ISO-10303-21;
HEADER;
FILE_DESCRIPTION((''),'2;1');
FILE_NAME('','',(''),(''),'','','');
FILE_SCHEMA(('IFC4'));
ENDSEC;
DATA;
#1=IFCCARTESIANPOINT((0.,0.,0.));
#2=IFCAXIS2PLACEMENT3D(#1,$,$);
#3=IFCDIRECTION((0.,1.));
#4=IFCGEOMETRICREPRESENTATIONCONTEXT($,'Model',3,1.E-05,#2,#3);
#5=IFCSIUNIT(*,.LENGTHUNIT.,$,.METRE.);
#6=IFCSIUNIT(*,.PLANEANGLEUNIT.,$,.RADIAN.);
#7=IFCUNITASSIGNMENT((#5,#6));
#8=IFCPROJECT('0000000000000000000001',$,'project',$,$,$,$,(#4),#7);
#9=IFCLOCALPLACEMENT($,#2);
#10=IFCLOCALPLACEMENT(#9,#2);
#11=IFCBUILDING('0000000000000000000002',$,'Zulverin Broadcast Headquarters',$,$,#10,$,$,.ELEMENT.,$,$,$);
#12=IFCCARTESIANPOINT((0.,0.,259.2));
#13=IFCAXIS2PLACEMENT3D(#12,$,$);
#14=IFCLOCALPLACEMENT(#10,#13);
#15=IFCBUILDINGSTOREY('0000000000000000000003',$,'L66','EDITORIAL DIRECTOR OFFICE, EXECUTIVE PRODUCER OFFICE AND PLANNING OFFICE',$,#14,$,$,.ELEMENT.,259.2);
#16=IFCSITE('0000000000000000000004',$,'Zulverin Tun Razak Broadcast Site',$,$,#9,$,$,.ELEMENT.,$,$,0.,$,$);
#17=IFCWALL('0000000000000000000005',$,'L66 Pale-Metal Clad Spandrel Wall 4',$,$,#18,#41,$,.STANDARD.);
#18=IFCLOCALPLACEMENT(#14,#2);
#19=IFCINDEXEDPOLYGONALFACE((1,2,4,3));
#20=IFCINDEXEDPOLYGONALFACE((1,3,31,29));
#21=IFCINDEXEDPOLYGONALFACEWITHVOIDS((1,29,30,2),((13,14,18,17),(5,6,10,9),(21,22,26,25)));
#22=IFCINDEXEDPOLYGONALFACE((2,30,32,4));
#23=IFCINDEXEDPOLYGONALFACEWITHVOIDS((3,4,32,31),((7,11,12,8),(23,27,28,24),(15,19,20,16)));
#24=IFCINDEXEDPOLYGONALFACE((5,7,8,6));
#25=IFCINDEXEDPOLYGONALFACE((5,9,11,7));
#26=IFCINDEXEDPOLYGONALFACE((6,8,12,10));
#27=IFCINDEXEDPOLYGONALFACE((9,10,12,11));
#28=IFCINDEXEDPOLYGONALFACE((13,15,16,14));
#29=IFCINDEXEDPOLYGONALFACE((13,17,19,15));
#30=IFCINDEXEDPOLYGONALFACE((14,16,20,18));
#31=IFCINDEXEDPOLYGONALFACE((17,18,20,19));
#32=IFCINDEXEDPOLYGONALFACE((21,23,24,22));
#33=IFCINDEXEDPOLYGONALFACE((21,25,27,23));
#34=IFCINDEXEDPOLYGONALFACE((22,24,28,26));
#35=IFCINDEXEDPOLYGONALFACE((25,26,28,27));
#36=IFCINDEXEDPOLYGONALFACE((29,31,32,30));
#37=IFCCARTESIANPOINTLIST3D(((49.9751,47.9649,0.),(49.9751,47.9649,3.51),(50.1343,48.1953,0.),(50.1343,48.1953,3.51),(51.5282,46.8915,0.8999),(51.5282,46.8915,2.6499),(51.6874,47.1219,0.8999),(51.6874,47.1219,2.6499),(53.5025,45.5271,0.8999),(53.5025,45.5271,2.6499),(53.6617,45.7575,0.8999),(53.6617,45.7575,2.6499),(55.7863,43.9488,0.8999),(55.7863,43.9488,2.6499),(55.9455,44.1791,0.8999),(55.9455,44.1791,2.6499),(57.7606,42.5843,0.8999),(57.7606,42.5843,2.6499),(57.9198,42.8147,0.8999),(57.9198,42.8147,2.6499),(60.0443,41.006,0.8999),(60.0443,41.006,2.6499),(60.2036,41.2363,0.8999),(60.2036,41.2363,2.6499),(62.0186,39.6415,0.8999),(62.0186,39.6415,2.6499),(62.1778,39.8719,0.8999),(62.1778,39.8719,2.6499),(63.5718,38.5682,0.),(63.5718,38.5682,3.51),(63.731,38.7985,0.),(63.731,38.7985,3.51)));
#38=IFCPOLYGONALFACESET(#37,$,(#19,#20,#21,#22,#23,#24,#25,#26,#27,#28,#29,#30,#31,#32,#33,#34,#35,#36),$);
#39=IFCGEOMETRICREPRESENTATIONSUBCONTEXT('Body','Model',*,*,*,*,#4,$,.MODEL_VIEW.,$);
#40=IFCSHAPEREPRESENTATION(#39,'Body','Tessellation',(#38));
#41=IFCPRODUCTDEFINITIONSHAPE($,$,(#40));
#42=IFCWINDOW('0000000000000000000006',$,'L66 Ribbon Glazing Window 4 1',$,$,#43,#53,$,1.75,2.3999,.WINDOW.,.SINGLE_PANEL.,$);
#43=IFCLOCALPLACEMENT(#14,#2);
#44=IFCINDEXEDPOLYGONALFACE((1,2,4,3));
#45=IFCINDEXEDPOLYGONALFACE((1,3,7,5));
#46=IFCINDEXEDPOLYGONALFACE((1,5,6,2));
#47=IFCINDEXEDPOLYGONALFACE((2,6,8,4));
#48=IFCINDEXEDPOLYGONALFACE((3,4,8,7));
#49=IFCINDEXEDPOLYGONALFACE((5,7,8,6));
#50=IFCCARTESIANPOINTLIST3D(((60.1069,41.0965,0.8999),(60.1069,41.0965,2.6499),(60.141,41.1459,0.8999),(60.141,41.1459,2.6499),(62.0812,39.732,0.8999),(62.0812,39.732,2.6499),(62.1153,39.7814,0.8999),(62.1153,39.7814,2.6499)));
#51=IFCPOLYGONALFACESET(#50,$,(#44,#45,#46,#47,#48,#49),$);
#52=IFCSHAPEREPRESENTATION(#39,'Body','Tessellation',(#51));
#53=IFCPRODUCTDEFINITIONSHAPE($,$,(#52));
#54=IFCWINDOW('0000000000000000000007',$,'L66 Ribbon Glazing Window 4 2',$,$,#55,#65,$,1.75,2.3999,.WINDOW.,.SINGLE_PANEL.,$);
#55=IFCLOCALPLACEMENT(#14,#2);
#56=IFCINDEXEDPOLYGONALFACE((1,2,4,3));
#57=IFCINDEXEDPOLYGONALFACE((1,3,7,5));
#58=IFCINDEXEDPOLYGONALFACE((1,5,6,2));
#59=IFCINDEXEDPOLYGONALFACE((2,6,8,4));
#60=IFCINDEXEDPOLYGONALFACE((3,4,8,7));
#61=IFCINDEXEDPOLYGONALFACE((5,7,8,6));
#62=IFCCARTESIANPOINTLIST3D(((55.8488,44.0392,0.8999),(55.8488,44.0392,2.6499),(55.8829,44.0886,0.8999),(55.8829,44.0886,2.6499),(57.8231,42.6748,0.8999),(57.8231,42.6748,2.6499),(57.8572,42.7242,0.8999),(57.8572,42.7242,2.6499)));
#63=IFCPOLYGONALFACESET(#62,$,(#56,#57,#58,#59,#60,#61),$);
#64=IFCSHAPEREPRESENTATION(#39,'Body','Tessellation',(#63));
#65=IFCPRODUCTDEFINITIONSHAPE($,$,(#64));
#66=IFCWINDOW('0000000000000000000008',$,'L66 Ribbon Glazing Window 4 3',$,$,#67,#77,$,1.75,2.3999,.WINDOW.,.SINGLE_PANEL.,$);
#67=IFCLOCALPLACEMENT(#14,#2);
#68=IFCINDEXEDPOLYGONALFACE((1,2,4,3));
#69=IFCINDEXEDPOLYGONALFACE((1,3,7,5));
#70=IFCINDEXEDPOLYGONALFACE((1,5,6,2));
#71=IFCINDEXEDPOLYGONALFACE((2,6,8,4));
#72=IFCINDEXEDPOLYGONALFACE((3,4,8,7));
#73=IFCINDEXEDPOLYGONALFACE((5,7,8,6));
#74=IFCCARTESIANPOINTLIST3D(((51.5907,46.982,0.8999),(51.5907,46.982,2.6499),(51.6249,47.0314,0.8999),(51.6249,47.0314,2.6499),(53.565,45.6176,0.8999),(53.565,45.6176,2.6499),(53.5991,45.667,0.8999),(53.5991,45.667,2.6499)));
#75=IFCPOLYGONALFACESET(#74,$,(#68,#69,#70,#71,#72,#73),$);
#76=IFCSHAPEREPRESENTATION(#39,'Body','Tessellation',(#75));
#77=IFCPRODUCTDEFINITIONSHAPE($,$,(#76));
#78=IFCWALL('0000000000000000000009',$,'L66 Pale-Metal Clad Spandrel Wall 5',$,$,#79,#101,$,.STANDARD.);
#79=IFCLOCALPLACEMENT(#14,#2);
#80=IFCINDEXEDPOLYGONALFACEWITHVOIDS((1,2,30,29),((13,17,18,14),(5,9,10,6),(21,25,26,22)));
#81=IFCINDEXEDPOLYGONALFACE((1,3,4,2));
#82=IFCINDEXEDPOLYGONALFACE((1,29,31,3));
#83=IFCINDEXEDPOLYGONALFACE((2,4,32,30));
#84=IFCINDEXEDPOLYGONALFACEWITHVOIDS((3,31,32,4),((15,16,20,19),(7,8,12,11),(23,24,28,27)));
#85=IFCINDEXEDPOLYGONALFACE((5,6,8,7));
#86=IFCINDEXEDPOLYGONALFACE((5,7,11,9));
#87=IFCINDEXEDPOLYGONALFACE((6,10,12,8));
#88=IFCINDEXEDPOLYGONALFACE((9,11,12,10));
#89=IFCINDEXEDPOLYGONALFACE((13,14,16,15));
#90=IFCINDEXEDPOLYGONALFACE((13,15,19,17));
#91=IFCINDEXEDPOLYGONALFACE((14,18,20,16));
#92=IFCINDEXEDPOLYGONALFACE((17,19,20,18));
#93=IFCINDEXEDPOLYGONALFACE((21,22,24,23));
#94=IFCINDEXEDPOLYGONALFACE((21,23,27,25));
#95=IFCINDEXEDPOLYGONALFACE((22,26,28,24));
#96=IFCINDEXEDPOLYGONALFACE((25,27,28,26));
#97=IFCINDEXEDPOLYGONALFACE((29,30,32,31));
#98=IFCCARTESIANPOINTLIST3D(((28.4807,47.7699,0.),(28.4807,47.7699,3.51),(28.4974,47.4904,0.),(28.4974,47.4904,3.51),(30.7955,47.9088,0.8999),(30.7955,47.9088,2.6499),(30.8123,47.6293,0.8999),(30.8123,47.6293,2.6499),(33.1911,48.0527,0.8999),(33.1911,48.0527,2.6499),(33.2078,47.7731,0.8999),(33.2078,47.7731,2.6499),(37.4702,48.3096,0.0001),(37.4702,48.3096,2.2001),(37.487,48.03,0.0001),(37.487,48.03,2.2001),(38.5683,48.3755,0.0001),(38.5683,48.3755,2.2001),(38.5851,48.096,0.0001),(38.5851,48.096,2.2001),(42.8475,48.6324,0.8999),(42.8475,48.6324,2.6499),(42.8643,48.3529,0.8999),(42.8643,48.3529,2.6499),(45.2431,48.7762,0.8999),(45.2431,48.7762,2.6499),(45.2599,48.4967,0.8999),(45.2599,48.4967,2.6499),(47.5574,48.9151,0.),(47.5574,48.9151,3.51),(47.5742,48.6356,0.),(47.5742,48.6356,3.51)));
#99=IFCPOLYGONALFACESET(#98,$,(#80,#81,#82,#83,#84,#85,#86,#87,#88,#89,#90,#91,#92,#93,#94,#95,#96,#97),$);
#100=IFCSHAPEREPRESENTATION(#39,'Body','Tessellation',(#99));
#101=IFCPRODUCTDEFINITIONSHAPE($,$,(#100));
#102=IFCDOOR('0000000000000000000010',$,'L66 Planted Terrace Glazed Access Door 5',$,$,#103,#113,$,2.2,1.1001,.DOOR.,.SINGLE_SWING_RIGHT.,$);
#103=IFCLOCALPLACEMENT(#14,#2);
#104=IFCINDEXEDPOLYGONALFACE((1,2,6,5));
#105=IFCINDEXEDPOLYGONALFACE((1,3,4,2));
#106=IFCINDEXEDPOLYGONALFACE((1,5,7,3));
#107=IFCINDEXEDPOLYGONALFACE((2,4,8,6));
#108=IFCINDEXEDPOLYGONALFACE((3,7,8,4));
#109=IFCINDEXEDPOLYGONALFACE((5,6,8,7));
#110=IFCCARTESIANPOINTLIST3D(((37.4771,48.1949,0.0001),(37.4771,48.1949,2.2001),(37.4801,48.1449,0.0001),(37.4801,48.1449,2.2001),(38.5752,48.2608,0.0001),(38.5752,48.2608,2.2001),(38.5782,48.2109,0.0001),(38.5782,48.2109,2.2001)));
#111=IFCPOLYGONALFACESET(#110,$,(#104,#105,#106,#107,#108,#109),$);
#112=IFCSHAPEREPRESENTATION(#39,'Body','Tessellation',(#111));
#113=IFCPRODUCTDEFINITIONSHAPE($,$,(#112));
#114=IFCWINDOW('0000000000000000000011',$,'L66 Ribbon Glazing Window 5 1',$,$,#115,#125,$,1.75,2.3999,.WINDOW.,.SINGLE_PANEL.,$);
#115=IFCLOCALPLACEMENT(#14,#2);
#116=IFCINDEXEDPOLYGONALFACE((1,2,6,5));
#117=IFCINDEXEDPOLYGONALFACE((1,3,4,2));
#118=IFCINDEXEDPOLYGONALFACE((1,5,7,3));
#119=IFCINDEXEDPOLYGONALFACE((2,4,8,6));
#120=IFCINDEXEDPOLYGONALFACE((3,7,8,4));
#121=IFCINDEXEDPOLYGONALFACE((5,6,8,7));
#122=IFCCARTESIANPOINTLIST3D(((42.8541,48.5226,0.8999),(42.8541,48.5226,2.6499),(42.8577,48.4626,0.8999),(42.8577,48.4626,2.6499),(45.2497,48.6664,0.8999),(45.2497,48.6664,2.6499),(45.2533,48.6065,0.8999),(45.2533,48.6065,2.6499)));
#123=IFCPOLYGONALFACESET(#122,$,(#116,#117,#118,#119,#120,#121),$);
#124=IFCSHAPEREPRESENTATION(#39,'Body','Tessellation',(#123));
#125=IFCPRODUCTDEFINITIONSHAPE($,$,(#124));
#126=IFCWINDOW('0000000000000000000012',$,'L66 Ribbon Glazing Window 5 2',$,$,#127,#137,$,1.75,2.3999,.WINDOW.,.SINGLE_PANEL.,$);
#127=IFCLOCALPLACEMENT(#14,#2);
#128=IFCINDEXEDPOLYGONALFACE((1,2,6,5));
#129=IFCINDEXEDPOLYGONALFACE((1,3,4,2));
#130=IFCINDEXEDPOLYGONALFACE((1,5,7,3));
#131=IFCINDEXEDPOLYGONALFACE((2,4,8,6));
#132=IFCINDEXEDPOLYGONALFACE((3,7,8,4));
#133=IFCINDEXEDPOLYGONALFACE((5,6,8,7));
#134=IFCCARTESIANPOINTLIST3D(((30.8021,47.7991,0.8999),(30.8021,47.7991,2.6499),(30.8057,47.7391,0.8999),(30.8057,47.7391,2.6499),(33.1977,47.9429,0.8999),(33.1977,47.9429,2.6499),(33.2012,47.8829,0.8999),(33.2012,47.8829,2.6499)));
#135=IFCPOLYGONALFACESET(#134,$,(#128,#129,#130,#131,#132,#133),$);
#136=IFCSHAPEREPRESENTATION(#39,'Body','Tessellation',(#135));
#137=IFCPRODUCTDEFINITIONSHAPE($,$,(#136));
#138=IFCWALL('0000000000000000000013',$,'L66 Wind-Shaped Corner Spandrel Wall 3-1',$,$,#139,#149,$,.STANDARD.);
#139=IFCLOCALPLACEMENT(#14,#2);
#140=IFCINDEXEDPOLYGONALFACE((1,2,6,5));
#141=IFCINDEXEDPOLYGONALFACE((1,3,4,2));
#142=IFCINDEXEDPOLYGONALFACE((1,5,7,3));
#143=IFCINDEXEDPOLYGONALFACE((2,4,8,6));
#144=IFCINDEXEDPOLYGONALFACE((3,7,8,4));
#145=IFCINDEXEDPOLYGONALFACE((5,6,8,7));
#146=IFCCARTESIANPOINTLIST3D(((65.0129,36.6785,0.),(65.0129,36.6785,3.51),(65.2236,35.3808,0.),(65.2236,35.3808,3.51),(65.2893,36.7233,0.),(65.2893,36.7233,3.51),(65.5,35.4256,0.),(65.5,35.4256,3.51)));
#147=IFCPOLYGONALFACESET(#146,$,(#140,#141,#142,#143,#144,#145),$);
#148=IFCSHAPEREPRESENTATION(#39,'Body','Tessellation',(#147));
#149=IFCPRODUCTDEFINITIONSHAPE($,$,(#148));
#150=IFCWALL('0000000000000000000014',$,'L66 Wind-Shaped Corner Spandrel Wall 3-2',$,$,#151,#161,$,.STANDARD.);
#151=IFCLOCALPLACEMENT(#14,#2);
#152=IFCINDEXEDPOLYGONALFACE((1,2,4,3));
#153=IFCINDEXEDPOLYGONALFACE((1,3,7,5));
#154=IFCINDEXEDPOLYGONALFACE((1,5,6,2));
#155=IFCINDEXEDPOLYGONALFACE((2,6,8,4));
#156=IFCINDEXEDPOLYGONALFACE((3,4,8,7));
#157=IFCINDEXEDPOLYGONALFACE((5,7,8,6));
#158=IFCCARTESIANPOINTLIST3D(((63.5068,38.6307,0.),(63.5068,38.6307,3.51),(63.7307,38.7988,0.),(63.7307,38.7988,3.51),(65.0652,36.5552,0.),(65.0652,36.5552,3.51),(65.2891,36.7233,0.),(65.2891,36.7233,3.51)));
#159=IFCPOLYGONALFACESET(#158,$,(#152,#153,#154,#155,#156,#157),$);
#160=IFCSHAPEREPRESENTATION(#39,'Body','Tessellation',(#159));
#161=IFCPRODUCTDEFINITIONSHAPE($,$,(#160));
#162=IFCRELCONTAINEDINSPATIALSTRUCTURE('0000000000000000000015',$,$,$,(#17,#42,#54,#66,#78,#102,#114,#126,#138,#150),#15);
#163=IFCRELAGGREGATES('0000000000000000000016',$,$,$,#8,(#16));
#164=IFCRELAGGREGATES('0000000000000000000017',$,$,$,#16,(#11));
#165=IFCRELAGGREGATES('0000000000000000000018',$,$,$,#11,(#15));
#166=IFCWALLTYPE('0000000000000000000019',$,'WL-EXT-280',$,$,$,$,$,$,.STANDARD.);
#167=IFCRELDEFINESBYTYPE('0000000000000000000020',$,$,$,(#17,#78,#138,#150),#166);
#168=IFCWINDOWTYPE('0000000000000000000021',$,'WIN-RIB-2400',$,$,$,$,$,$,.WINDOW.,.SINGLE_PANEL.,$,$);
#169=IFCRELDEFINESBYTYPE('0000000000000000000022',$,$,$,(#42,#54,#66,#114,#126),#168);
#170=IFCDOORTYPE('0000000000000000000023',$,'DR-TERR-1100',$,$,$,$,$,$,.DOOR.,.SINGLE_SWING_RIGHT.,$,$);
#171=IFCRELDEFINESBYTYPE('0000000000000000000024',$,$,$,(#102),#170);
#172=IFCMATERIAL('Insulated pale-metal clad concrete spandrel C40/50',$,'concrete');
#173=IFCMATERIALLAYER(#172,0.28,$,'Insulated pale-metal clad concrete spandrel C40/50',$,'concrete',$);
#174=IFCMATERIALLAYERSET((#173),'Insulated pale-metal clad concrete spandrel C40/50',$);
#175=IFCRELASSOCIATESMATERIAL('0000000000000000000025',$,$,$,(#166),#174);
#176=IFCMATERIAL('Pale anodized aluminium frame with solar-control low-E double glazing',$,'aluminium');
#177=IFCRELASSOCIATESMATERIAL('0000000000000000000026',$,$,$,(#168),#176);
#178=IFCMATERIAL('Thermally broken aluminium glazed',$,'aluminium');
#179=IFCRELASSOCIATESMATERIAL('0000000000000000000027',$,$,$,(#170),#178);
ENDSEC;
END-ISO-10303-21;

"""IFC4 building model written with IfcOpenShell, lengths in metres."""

from ifc_helpers import new_model, si_unit, direction, frame, frame_2d, origin, place, context, subcontext, project, spatial, rectangle, extrude, material, layer, layer_set, type_object, element, fill, save


model = new_model("IFC4")

# Units and contexts
model_context = context("Model", 3, precision=1e-05, world=origin(), true_north=direction((0.0, 1.0)))
body_context = subcontext(model_context, "Body", "Model", "MODEL_VIEW")
ifc_project = project(units=[si_unit("LENGTHUNIT", "METRE"), si_unit("PLANEANGLEUNIT", "RADIAN")], contexts=[model_context])

# Site, building, storey
site_placement = place(None, origin())
site = spatial("IfcSite", under=ifc_project, at=site_placement, Name="Zulverin Tun Razak Broadcast Site", CompositionType="ELEMENT", RefElevation=0.0)
building_placement = place(site_placement, origin())
building = spatial("IfcBuilding", under=site, at=building_placement, Name="Zulverin Broadcast Headquarters", CompositionType="ELEMENT")
storey_placement = place(building_placement, frame((0.0, 0.0, 259.2)))
storey = spatial("IfcBuildingStorey", under=building, at=storey_placement, Name="L66", Description="EDITORIAL DIRECTOR OFFICE, EXECUTIVE PRODUCER OFFICE AND PLANNING OFFICE", CompositionType="ELEMENT", Elevation=259.2)

# Wall, openings, windows
ifc_material_1 = material(Name="Insulated pale-metal clad concrete spandrel C40/50", Category="concrete")
ifc_layer_1 = layer(ifc_material_1, 0.28, Name="Insulated pale-metal clad concrete spandrel C40/50", Category="concrete")
ifc_layer_set_1 = layer_set([ifc_layer_1], Name="Insulated pale-metal clad concrete spandrel C40/50")
wall_type = type_object("IfcWallType", Name="WL-EXT-280", PredefinedType="STANDARD", material=ifc_layer_set_1)
wall_1_placement = place(storey_placement, frame((63.6514, 38.6833, 0.0), z_axis=(0.0, 0.0, 1.0), x_axis=(-0.822655, 0.568541, 0.0)))
wall_1 = element("IfcWall", 1, at=wall_1_placement, inside=storey, type_object=wall_type, Name="L66 Pale-Metal Clad Spandrel Wall 4", PredefinedType="STANDARD", context=body_context, shape_type="SweptSolid", body=[
    extrude(rectangle(XDim=16.5278, YDim=0.28, at=frame_2d((8.2639, 0.0))), origin(), (0.0, 0.0, 1.0), 3.51),
])
opening_1_placement = place(wall_1_placement, frame((1.8879, 0.0, 0.8999)))
opening_1 = element("IfcOpeningElement", 2, at=opening_1_placement, cuts=wall_1, PredefinedType="OPENING", context=body_context, shape_type="SweptSolid", body=[
    extrude(rectangle(XDim=2.3999, YDim=1.75, at=frame_2d((1.2, 0.875))), frame((0.0, 0.1499, 0.0), z_axis=(0.0, -1.0, 0.0), x_axis=(1.0, 0.0, 0.0)), (0.0, 0.0, 1.0), 0.3),
])
opening_2_placement = place(wall_1_placement, frame((7.064, 0.0, 0.8999)))
opening_2 = element("IfcOpeningElement", 3, at=opening_2_placement, cuts=wall_1, PredefinedType="OPENING", context=body_context, shape_type="SweptSolid", body=[
    extrude(rectangle(XDim=2.3999, YDim=1.75, at=frame_2d((1.2, 0.875))), frame((0.0, 0.1499, 0.0), z_axis=(0.0, -1.0, 0.0), x_axis=(1.0, 0.0, 0.0)), (0.0, 0.0, 1.0), 0.3),
])
opening_3_placement = place(wall_1_placement, frame((12.24, 0.0, 0.8999)))
opening_3 = element("IfcOpeningElement", 4, at=opening_3_placement, cuts=wall_1, PredefinedType="OPENING", context=body_context, shape_type="SweptSolid", body=[
    extrude(rectangle(XDim=2.3999, YDim=1.75, at=frame_2d((1.2, 0.875))), frame((0.0, 0.1499, 0.0), z_axis=(0.0, -1.0, 0.0), x_axis=(1.0, 0.0, 0.0)), (0.0, 0.0, 1.0), 0.3),
])
ifc_material_2 = material(Name="Pale anodized aluminium frame with solar-control low-E double glazing", Category="aluminium")
window_type = type_object("IfcWindowType", Name="WIN-RIB-2400", PartitioningType="SINGLE_PANEL", PredefinedType="WINDOW", material=ifc_material_2)
window_1_placement = place(opening_1_placement, origin())
window_1 = element("IfcWindow", 5, at=window_1_placement, inside=storey, type_object=window_type, Name="L66 Ribbon Glazing Window 4 1", OverallHeight=1.75, OverallWidth=2.3999, PartitioningType="SINGLE_PANEL", PredefinedType="WINDOW", context=body_context, shape_type="SweptSolid", body=[
    extrude(rectangle(XDim=2.3999, YDim=1.75, at=frame_2d((1.2, 0.875))), frame((0.0, 0.03, 0.0), z_axis=(0.0, -1.0, 0.0), x_axis=(1.0, 0.0, 0.0)), (0.0, 0.0, 1.0), 0.0601),
])
fill(opening_1, window_1)
window_2_placement = place(opening_2_placement, origin())
window_2 = element("IfcWindow", 6, at=window_2_placement, inside=storey, type_object=window_type, Name="L66 Ribbon Glazing Window 4 2", OverallHeight=1.75, OverallWidth=2.3999, PartitioningType="SINGLE_PANEL", PredefinedType="WINDOW", context=body_context, shape_type="SweptSolid", body=[
    extrude(rectangle(XDim=2.3999, YDim=1.75, at=frame_2d((1.2, 0.875))), frame((0.0, 0.03, 0.0), z_axis=(0.0, -1.0, 0.0), x_axis=(1.0, 0.0, 0.0)), (0.0, 0.0, 1.0), 0.0601),
])
fill(opening_2, window_2)
window_3_placement = place(opening_3_placement, origin())
window_3 = element("IfcWindow", 7, at=window_3_placement, inside=storey, type_object=window_type, Name="L66 Ribbon Glazing Window 4 3", OverallHeight=1.75, OverallWidth=2.3999, PartitioningType="SINGLE_PANEL", PredefinedType="WINDOW", context=body_context, shape_type="SweptSolid", body=[
    extrude(rectangle(XDim=2.3999, YDim=1.75, at=frame_2d((1.2, 0.875))), frame((0.0, 0.03, 0.0), z_axis=(0.0, -1.0, 0.0), x_axis=(1.0, 0.0, 0.0)), (0.0, 0.0, 1.0), 0.0601),
])
fill(opening_3, window_3)

# Wall, openings, door, windows
wall_2_placement = place(storey_placement, frame((47.5659, 48.7754, 0.0), z_axis=(0.0, 0.0, 1.0), x_axis=(-0.998203, -0.059927, 0.0)))
wall_2 = element("IfcWall", 8, at=wall_2_placement, inside=storey, type_object=wall_type, Name="L66 Pale-Metal Clad Spandrel Wall 5", PredefinedType="STANDARD", context=body_context, shape_type="SweptSolid", body=[
    extrude(rectangle(XDim=19.1111, YDim=0.28, at=frame_2d((9.5557, 0.0))), origin(), (0.0, 0.0, 1.0), 3.51),
])
opening_4_placement = place(wall_2_placement, frame((9.0054, 0.0, 0.0)))
opening_4 = element("IfcOpeningElement", 9, at=opening_4_placement, cuts=wall_2, PredefinedType="OPENING", context=body_context, shape_type="SweptSolid", body=[
    extrude(rectangle(XDim=1.1001, YDim=2.2, at=frame_2d((0.55, 1.1001))), frame((0.0, 0.1499, 0.0), z_axis=(0.0, -1.0, 0.0), x_axis=(1.0, 0.0, 0.0)), (0.0, 0.0, 1.0), 0.3),
])
opening_5_placement = place(wall_2_placement, frame((2.3186, 0.0, 0.8999)))
opening_5 = element("IfcOpeningElement", 10, at=opening_5_placement, cuts=wall_2, PredefinedType="OPENING", context=body_context, shape_type="SweptSolid", body=[
    extrude(rectangle(XDim=2.3999, YDim=1.75, at=frame_2d((1.2, 0.875))), frame((0.0, 0.1499, 0.0), z_axis=(0.0, -1.0, 0.0), x_axis=(1.0, 0.0, 0.0)), (0.0, 0.0, 1.0), 0.3),
])
opening_6_placement = place(wall_2_placement, frame((14.3923, 0.0, 0.8999)))
opening_6 = element("IfcOpeningElement", 11, at=opening_6_placement, cuts=wall_2, PredefinedType="OPENING", context=body_context, shape_type="SweptSolid", body=[
    extrude(rectangle(XDim=2.3999, YDim=1.75, at=frame_2d((1.2, 0.875))), frame((0.0, 0.1499, 0.0), z_axis=(0.0, -1.0, 0.0), x_axis=(1.0, 0.0, 0.0)), (0.0, 0.0, 1.0), 0.3),
])
ifc_material_3 = material(Name="Thermally broken aluminium glazed", Category="aluminium")
door_type = type_object("IfcDoorType", Name="DR-TERR-1100", OperationType="SINGLE_SWING_RIGHT", PredefinedType="DOOR", material=ifc_material_3)
door_placement = place(opening_4_placement, origin())
door = element("IfcDoor", 12, at=door_placement, inside=storey, type_object=door_type, Name="L66 Planted Terrace Glazed Access Door 5", OperationType="SINGLE_SWING_RIGHT", OverallHeight=2.2, OverallWidth=1.1001, PredefinedType="DOOR", context=body_context, shape_type="SweptSolid", body=[
    extrude(rectangle(XDim=1.1001, YDim=2.2, at=frame_2d((0.55, 1.1001))), frame((0.0, 0.0249, 0.0), z_axis=(0.0, -1.0, 0.0), x_axis=(1.0, 0.0, 0.0)), (0.0, 0.0, 1.0), 0.05),
])
fill(opening_4, door)
window_4_placement = place(opening_5_placement, origin())
window_4 = element("IfcWindow", 13, at=window_4_placement, inside=storey, type_object=window_type, Name="L66 Ribbon Glazing Window 5 1", OverallHeight=1.75, OverallWidth=2.3999, PartitioningType="SINGLE_PANEL", PredefinedType="WINDOW", context=body_context, shape_type="SweptSolid", body=[
    extrude(rectangle(XDim=2.3999, YDim=1.75, at=frame_2d((1.2, 0.875))), frame((0.0, 0.03, 0.0), z_axis=(0.0, -1.0, 0.0), x_axis=(1.0, 0.0, 0.0)), (0.0, 0.0, 1.0), 0.0601),
])
fill(opening_5, window_4)
window_5_placement = place(opening_6_placement, origin())
window_5 = element("IfcWindow", 14, at=window_5_placement, inside=storey, type_object=window_type, Name="L66 Ribbon Glazing Window 5 2", OverallHeight=1.75, OverallWidth=2.3999, PartitioningType="SINGLE_PANEL", PredefinedType="WINDOW", context=body_context, shape_type="SweptSolid", body=[
    extrude(rectangle(XDim=2.3999, YDim=1.75, at=frame_2d((1.2, 0.875))), frame((0.0, 0.03, 0.0), z_axis=(0.0, -1.0, 0.0), x_axis=(1.0, 0.0, 0.0)), (0.0, 0.0, 1.0), 0.0601),
])
fill(opening_6, window_5)

# Walls
wall_3_placement = place(storey_placement, frame((65.3618, 35.4033, 0.0), z_axis=(0.0, 0.0, 1.0), x_axis=(-0.160272, 0.987073, 0.0)))
element("IfcWall", 15, at=wall_3_placement, inside=storey, type_object=wall_type, Name="L66 Wind-Shaped Corner Spandrel Wall 3-1", PredefinedType="STANDARD", context=body_context, shape_type="SweptSolid", body=[
    extrude(rectangle(XDim=1.3147, YDim=0.28, at=frame_2d((0.6572, 0.0))), origin(), (0.0, 0.0, 1.0), 3.51),
])
wall_4_placement = place(storey_placement, frame((65.1772, 36.6392, 0.0), z_axis=(0.0, 0.0, 1.0), x_axis=(-0.600436, 0.799673, 0.0)))
element("IfcWall", 16, at=wall_4_placement, inside=storey, type_object=wall_type, Name="L66 Wind-Shaped Corner Spandrel Wall 3-2", PredefinedType="STANDARD", context=body_context, shape_type="SweptSolid", body=[
    extrude(rectangle(XDim=2.5955, YDim=0.28, at=frame_2d((1.2979, 0.0))), origin(), (0.0, 0.0, 1.0), 3.51),
])

save(model, "model.ifc")
